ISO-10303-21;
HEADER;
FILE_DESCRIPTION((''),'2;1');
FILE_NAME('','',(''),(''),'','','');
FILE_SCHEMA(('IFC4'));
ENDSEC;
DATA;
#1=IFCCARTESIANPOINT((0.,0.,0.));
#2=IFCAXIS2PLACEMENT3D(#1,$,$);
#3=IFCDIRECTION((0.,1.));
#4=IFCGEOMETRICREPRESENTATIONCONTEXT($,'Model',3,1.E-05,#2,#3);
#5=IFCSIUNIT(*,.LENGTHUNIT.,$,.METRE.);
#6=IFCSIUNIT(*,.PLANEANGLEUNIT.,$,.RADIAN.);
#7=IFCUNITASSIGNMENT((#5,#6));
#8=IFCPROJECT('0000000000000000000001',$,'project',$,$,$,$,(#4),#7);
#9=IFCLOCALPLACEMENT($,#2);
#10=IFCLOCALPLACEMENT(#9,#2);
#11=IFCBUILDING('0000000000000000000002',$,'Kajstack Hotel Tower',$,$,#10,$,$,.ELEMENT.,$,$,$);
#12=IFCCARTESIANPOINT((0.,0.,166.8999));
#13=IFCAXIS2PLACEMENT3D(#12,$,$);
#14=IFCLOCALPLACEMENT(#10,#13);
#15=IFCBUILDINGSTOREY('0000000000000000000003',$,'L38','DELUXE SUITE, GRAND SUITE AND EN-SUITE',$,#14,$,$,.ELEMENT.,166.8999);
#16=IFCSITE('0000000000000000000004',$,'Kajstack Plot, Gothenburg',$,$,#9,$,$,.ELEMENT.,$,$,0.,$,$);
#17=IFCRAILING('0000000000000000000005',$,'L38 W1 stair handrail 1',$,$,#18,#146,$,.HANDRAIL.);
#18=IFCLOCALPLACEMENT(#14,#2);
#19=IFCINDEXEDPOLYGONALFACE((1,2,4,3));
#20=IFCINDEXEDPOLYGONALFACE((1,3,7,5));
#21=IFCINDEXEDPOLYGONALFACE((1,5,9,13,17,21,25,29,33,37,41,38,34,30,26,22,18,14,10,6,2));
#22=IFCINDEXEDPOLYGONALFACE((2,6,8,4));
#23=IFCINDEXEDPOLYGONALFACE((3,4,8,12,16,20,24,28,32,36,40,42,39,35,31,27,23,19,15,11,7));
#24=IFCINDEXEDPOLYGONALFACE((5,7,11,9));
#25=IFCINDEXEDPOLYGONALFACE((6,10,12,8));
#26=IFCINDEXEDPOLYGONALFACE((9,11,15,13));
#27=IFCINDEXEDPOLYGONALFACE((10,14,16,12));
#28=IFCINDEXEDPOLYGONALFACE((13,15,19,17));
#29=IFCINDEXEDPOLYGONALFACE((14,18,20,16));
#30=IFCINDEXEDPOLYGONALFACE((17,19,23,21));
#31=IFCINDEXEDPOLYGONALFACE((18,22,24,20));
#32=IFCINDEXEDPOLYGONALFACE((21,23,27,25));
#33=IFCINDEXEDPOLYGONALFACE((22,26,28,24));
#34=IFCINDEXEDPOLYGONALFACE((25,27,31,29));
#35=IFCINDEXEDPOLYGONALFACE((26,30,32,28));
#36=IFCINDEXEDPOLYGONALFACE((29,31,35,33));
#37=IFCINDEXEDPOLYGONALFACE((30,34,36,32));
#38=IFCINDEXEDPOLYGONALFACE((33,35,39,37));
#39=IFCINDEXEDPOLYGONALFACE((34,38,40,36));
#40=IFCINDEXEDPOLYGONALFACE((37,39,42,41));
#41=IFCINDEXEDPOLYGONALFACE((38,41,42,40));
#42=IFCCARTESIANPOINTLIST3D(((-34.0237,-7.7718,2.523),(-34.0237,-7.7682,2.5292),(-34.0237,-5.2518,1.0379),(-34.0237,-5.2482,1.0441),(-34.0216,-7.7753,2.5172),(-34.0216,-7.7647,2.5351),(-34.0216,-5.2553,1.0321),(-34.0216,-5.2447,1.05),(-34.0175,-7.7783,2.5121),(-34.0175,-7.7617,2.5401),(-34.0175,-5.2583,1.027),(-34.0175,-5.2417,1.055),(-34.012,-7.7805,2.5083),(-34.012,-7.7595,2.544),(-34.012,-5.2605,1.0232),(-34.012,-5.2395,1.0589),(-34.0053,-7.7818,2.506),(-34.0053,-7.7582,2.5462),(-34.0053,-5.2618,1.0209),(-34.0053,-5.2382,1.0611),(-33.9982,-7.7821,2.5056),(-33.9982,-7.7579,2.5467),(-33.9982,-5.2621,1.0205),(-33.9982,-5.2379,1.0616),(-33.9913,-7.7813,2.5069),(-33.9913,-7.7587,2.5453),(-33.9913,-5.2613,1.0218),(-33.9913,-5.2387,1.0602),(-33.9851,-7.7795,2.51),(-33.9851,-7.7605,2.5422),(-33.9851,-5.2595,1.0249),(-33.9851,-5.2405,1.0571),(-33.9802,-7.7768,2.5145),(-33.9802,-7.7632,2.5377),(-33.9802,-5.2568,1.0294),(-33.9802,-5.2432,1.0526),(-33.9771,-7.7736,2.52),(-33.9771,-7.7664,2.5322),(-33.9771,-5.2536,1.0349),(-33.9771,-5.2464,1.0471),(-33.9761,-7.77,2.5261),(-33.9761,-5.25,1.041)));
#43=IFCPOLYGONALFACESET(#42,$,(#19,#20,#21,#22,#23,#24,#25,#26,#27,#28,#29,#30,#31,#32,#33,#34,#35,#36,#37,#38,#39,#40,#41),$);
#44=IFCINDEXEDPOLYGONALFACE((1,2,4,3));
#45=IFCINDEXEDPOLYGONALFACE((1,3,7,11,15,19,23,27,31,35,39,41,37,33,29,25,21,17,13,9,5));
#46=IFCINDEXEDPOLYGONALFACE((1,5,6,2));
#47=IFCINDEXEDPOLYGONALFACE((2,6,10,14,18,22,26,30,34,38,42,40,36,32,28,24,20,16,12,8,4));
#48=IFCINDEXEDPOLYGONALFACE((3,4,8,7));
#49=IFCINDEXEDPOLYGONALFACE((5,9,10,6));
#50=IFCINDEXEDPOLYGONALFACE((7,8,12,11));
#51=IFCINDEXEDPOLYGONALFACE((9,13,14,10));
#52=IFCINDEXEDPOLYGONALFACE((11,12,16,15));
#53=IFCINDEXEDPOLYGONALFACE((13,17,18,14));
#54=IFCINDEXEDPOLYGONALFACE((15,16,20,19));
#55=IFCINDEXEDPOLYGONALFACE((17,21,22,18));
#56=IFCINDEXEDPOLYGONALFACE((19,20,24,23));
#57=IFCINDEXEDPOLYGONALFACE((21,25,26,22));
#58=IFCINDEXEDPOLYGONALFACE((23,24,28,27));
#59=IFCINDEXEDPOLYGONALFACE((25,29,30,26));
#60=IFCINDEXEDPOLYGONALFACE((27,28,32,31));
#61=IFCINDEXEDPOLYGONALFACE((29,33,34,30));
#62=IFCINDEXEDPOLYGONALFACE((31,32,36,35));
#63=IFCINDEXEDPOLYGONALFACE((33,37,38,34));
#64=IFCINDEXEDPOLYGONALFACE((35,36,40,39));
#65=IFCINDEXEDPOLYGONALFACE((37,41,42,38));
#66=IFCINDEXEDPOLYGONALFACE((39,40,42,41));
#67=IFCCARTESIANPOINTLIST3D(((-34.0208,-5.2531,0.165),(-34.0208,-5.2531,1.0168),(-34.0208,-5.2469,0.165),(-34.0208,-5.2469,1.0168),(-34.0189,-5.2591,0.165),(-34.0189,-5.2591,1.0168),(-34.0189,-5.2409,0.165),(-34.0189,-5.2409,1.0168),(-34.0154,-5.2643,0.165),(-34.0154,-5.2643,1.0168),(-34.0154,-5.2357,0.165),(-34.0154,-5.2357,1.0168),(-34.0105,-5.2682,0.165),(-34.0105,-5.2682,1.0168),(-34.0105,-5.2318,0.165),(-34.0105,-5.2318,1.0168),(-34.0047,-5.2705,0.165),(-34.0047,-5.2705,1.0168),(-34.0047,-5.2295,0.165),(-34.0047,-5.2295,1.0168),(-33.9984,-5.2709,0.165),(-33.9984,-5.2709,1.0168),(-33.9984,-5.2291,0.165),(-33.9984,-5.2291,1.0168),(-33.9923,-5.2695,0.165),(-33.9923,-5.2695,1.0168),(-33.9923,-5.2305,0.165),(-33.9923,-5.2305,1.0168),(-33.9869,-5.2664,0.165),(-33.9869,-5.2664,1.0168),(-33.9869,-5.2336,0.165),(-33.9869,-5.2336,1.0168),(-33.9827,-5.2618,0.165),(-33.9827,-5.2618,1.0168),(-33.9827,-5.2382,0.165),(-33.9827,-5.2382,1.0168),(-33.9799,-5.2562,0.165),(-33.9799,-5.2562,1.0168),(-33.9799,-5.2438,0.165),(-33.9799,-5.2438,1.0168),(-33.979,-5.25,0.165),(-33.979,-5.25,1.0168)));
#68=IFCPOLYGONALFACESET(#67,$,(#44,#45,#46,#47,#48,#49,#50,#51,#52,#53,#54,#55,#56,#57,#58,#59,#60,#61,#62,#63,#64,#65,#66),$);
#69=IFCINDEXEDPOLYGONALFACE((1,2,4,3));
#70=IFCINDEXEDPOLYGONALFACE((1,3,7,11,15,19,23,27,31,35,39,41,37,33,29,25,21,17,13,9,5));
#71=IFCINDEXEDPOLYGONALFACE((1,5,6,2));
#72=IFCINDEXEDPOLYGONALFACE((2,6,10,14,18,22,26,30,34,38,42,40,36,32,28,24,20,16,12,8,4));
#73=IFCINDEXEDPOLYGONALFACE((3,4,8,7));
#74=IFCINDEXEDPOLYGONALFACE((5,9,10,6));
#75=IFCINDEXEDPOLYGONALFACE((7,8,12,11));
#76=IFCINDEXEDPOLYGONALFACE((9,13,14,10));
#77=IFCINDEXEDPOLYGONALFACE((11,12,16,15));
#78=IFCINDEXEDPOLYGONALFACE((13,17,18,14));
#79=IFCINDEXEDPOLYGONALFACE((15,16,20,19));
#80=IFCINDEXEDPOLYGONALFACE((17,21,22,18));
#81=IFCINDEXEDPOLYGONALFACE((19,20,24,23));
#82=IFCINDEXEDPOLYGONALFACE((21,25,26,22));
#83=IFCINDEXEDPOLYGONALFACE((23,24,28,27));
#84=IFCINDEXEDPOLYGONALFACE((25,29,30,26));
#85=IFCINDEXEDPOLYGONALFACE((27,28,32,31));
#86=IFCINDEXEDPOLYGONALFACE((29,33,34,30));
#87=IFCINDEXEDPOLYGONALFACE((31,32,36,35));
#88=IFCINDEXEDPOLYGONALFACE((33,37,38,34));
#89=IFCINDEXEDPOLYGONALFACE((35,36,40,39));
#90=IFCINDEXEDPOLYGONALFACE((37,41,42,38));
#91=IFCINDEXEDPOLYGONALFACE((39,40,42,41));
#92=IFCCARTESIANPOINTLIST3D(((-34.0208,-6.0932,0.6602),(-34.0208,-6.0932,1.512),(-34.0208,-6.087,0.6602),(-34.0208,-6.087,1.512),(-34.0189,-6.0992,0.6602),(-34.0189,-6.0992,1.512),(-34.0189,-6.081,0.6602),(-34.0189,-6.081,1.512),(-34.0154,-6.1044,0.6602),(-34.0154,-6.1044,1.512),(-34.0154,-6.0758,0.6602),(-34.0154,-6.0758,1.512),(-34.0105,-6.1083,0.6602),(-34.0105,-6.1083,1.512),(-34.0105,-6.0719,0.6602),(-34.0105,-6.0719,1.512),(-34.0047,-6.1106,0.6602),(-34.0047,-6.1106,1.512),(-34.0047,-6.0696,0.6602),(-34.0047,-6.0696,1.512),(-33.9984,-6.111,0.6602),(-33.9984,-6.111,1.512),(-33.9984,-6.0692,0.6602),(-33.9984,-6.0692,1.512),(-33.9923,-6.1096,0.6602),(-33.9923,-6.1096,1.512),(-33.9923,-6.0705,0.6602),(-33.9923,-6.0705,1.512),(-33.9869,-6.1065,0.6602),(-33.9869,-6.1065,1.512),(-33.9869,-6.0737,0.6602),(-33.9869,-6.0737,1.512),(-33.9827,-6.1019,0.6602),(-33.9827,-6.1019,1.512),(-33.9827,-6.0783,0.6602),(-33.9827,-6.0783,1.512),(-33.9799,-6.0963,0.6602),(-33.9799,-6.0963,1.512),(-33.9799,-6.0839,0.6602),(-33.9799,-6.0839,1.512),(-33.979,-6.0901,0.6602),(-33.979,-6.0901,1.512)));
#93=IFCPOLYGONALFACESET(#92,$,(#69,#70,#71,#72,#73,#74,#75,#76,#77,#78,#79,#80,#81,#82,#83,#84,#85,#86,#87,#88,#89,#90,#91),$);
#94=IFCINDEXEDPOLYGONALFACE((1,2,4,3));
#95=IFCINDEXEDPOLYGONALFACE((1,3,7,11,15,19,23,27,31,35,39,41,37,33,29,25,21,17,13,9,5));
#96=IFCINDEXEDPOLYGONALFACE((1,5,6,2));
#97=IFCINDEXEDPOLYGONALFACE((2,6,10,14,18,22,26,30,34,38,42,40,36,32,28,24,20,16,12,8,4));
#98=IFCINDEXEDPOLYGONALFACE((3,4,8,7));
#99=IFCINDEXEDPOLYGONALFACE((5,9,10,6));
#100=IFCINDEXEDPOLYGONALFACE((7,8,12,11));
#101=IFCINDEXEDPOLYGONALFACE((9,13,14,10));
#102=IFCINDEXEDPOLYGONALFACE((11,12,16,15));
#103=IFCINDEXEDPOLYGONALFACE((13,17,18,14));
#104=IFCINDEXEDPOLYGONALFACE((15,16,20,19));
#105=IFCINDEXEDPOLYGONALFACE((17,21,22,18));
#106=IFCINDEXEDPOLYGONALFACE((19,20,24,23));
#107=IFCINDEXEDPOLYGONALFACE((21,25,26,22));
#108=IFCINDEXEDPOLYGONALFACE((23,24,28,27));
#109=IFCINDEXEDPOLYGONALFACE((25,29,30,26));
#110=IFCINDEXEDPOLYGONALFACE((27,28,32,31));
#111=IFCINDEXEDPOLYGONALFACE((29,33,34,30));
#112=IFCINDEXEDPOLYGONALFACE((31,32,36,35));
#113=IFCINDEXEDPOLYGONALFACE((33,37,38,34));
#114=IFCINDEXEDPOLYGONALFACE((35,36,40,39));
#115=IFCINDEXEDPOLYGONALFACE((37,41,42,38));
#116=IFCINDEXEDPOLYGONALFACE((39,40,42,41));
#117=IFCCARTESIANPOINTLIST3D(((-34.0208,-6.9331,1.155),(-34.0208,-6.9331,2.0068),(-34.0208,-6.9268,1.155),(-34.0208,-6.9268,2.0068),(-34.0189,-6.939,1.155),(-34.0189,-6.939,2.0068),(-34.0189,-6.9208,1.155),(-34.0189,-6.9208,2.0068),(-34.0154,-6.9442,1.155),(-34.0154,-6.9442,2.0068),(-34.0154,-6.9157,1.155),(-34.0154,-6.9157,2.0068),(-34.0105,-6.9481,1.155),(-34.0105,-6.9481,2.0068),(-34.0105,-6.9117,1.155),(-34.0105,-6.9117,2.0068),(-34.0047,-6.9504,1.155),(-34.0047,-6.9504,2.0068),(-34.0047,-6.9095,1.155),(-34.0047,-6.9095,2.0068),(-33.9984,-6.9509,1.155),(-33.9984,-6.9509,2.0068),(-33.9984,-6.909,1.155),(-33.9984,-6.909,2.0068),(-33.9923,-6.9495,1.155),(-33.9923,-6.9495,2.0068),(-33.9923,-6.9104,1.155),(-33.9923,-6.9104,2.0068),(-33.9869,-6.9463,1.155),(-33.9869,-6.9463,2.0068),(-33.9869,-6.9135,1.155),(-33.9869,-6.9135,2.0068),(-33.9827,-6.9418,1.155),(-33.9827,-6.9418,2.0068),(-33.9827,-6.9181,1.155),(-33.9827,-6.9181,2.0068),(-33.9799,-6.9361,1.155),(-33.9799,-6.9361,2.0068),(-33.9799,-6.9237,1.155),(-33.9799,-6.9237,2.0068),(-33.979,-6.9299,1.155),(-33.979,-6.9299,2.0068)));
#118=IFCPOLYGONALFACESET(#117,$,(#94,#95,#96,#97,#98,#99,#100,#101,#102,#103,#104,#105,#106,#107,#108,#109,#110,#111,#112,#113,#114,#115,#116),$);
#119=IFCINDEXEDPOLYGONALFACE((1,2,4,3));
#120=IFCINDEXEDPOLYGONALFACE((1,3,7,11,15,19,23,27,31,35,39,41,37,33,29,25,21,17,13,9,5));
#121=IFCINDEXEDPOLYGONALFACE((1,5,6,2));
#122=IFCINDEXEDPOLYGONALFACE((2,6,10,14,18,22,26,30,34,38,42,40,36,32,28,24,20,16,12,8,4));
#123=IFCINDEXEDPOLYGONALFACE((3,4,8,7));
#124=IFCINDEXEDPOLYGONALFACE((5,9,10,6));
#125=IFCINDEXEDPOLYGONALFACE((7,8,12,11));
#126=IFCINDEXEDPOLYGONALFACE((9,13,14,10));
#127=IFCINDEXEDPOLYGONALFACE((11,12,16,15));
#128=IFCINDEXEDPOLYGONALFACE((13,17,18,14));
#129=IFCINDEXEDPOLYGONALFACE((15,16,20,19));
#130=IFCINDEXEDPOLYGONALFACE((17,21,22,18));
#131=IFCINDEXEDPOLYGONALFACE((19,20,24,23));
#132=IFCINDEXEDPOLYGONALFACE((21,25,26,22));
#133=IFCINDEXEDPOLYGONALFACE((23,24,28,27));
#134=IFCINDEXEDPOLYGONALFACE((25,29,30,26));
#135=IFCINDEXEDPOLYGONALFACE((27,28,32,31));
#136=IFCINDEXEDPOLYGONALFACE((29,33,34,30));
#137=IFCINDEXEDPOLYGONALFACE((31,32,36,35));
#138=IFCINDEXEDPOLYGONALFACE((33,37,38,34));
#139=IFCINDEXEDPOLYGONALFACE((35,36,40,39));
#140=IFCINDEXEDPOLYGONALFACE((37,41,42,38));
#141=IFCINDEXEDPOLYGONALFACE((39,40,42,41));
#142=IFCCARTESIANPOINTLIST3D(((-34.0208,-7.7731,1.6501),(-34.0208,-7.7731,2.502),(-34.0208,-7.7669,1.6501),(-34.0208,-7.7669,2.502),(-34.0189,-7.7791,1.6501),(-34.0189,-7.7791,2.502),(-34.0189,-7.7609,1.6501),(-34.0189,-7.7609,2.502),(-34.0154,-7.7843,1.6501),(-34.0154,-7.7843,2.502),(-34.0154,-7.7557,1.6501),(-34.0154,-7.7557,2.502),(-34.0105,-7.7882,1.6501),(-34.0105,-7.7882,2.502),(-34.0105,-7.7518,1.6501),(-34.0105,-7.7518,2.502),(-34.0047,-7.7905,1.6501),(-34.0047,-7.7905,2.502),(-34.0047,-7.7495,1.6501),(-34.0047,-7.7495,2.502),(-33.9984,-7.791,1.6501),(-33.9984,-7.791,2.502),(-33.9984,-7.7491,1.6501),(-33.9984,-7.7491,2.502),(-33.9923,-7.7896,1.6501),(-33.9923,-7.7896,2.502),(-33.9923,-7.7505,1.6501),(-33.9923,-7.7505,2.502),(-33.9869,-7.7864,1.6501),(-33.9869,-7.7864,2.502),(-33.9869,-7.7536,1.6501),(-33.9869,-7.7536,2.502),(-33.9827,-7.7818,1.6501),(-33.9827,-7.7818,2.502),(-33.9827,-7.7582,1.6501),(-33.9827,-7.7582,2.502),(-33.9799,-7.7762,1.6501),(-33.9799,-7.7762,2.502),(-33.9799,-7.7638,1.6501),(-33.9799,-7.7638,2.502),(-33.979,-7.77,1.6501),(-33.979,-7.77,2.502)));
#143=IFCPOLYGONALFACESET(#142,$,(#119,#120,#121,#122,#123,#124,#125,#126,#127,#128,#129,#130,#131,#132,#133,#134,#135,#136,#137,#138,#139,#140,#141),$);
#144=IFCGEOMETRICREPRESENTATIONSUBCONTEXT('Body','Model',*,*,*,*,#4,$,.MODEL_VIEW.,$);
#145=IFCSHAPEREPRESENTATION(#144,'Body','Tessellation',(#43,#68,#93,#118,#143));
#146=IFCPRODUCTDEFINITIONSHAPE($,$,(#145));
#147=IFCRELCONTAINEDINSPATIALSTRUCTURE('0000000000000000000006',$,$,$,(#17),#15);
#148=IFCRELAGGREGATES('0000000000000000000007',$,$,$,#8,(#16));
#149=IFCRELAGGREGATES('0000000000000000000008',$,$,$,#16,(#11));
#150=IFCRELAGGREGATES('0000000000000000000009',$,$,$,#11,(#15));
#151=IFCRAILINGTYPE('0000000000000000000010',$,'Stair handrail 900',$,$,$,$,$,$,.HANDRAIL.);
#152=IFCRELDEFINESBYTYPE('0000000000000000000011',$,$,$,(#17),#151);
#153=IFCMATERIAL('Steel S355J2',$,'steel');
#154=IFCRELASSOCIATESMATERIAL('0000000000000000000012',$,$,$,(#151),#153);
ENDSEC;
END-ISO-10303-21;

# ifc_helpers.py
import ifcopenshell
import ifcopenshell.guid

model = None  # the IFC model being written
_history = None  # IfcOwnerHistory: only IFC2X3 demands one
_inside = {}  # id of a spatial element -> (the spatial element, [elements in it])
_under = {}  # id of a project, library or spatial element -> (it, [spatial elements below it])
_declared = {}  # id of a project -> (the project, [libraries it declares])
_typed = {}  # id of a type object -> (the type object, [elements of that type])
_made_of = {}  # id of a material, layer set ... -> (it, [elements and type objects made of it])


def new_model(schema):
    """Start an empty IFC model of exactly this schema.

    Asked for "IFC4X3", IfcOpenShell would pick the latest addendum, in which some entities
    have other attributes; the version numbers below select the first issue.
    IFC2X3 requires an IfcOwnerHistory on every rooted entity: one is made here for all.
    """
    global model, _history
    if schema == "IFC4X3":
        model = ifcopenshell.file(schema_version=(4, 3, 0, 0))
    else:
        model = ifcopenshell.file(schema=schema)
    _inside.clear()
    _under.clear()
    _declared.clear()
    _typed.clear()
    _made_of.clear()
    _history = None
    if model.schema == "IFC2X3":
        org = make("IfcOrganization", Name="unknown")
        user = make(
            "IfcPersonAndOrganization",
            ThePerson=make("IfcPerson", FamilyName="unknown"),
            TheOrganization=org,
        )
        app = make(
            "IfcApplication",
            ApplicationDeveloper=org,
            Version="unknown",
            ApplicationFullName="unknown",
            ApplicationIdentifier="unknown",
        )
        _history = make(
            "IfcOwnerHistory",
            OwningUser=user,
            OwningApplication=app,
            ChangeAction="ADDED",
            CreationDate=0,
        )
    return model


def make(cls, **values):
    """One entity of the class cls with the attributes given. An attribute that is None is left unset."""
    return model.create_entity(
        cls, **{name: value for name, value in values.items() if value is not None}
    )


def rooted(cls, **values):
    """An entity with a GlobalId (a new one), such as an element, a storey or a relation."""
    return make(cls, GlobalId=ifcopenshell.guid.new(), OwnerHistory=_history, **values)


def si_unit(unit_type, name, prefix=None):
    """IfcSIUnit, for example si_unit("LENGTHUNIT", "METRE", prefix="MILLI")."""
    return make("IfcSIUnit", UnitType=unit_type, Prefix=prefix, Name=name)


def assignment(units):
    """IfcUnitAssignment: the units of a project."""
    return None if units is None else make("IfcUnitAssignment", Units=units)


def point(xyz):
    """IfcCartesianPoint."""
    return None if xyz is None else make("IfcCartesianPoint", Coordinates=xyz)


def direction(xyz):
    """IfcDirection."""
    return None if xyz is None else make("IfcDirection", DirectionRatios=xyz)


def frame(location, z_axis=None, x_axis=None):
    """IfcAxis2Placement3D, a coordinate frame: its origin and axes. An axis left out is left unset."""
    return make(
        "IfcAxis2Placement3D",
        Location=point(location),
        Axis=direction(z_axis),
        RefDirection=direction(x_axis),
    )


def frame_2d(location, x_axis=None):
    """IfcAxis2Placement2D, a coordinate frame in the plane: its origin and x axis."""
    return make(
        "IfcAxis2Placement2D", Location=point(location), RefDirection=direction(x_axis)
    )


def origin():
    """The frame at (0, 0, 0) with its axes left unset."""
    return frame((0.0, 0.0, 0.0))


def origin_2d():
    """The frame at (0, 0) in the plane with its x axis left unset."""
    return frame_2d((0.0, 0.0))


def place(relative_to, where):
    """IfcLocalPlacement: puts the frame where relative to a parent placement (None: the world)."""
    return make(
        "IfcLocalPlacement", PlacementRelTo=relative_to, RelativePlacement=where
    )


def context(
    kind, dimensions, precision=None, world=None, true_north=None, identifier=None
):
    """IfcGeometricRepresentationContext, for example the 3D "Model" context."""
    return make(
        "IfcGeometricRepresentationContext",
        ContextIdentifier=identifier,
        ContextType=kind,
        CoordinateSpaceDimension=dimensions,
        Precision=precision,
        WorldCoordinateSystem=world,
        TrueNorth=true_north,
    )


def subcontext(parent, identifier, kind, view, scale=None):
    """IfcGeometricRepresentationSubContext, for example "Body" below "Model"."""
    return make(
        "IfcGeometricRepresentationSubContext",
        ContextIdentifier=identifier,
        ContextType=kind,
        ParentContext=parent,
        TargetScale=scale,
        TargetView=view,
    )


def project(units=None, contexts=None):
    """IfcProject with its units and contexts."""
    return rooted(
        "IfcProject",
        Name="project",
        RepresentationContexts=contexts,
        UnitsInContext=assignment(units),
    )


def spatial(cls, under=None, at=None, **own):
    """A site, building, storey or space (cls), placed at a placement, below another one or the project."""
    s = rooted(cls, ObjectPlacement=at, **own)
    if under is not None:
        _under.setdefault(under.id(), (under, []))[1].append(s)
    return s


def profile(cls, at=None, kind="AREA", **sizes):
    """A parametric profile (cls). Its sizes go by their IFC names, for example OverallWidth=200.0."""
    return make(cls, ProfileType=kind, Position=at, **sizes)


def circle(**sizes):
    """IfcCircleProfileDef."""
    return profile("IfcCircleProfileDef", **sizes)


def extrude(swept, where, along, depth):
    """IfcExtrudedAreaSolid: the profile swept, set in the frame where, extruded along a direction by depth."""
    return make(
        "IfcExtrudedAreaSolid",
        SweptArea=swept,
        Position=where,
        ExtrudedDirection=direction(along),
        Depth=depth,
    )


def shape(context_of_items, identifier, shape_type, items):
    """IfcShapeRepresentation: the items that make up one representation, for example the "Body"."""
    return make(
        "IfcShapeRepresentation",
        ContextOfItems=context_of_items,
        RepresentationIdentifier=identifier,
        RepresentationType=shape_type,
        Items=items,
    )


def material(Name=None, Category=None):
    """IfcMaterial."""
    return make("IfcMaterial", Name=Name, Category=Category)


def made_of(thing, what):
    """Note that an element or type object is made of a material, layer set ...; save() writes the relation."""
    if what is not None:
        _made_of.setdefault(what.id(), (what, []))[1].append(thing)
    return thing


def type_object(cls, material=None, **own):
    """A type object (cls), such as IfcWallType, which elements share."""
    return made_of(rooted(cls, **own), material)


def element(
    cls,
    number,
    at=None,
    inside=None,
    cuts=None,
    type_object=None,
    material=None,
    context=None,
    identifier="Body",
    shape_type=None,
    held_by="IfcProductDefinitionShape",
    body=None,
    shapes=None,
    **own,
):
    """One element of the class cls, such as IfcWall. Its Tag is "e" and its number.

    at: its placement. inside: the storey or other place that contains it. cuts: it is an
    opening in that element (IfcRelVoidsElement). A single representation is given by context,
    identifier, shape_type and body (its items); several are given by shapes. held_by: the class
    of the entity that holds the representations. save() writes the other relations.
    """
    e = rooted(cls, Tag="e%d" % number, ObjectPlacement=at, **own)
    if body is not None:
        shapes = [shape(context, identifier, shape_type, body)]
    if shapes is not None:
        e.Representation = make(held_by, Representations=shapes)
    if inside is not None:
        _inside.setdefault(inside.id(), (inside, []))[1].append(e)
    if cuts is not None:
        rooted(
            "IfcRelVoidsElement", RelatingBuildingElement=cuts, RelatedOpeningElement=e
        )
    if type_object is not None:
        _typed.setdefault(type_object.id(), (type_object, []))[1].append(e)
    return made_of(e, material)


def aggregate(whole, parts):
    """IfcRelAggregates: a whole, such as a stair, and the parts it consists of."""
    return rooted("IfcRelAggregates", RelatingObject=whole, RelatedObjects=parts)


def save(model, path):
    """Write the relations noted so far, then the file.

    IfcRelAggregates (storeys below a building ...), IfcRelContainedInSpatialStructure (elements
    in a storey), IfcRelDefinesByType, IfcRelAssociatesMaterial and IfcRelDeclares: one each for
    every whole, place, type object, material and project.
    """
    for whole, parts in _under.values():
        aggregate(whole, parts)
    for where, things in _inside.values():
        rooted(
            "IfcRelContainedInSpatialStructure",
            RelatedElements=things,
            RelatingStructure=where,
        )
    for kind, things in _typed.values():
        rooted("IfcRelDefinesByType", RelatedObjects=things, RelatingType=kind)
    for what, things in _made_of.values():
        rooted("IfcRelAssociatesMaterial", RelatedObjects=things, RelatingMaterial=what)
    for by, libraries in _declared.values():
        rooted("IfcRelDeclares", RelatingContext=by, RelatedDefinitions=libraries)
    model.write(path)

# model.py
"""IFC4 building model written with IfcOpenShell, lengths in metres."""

from ifc_helpers import new_model, si_unit, direction, frame, origin, origin_2d, place, context, subcontext, project, spatial, circle, extrude, material, type_object, element, save


model = new_model("IFC4")

# Units and contexts
model_context = context("Model", 3, precision=1e-05, world=origin(), true_north=direction((0.0, 1.0)))
body_context = subcontext(model_context, "Body", "Model", "MODEL_VIEW")
ifc_project = project(units=[si_unit("LENGTHUNIT", "METRE"), si_unit("PLANEANGLEUNIT", "RADIAN")], contexts=[model_context])

# Site, building, storey
site_placement = place(None, origin())
site = spatial("IfcSite", under=ifc_project, at=site_placement, Name="Kajstack Plot, Gothenburg", CompositionType="ELEMENT", RefElevation=0.0)
building_placement = place(site_placement, origin())
building = spatial("IfcBuilding", under=site, at=building_placement, Name="Kajstack Hotel Tower", CompositionType="ELEMENT")
storey_placement = place(building_placement, frame((0.0, 0.0, 166.8999)))
storey = spatial("IfcBuildingStorey", under=building, at=storey_placement, Name="L38", Description="DELUXE SUITE, GRAND SUITE AND EN-SUITE", CompositionType="ELEMENT", Elevation=166.8999)

# Railing
ifc_material_1 = material(Name="Steel S355J2", Category="steel")
railing_type_1 = type_object("IfcRailingType", Name="Stair handrail 900", PredefinedType="HANDRAIL", material=ifc_material_1)
railing_1_placement = place(storey_placement, frame((-34.0, -5.25, 0.165)))
element("IfcRailing", 1, at=railing_1_placement, inside=storey, type_object=railing_type_1, Name="L38 W1 stair handrail 1", PredefinedType="HANDRAIL", context=body_context, shape_type="SweptSolid", body=[
    extrude(circle(Radius=0.0239, at=origin_2d()), frame((0.0, 0.0, 0.876), z_axis=(0.0, -0.861524, 0.507717), x_axis=(1.0, 0.0, 0.0)), (0.0, 0.0, 1.0), 2.925),
    extrude(circle(Radius=0.021, at=origin_2d()), origin(), (0.0, 0.0, 1.0), 0.8518),
    extrude(circle(Radius=0.021, at=origin_2d()), frame((0.0, -0.8401, 0.4951)), (0.0, 0.0, 1.0), 0.8518),
    extrude(circle(Radius=0.021, at=origin_2d()), frame((0.0, -1.6799, 0.99)), (0.0, 0.0, 1.0), 0.8518),
    extrude(circle(Radius=0.021, at=origin_2d()), frame((0.0, -2.52, 1.4851)), (0.0, 0.0, 1.0), 0.8518),
])

save(model, "model.ifc")
